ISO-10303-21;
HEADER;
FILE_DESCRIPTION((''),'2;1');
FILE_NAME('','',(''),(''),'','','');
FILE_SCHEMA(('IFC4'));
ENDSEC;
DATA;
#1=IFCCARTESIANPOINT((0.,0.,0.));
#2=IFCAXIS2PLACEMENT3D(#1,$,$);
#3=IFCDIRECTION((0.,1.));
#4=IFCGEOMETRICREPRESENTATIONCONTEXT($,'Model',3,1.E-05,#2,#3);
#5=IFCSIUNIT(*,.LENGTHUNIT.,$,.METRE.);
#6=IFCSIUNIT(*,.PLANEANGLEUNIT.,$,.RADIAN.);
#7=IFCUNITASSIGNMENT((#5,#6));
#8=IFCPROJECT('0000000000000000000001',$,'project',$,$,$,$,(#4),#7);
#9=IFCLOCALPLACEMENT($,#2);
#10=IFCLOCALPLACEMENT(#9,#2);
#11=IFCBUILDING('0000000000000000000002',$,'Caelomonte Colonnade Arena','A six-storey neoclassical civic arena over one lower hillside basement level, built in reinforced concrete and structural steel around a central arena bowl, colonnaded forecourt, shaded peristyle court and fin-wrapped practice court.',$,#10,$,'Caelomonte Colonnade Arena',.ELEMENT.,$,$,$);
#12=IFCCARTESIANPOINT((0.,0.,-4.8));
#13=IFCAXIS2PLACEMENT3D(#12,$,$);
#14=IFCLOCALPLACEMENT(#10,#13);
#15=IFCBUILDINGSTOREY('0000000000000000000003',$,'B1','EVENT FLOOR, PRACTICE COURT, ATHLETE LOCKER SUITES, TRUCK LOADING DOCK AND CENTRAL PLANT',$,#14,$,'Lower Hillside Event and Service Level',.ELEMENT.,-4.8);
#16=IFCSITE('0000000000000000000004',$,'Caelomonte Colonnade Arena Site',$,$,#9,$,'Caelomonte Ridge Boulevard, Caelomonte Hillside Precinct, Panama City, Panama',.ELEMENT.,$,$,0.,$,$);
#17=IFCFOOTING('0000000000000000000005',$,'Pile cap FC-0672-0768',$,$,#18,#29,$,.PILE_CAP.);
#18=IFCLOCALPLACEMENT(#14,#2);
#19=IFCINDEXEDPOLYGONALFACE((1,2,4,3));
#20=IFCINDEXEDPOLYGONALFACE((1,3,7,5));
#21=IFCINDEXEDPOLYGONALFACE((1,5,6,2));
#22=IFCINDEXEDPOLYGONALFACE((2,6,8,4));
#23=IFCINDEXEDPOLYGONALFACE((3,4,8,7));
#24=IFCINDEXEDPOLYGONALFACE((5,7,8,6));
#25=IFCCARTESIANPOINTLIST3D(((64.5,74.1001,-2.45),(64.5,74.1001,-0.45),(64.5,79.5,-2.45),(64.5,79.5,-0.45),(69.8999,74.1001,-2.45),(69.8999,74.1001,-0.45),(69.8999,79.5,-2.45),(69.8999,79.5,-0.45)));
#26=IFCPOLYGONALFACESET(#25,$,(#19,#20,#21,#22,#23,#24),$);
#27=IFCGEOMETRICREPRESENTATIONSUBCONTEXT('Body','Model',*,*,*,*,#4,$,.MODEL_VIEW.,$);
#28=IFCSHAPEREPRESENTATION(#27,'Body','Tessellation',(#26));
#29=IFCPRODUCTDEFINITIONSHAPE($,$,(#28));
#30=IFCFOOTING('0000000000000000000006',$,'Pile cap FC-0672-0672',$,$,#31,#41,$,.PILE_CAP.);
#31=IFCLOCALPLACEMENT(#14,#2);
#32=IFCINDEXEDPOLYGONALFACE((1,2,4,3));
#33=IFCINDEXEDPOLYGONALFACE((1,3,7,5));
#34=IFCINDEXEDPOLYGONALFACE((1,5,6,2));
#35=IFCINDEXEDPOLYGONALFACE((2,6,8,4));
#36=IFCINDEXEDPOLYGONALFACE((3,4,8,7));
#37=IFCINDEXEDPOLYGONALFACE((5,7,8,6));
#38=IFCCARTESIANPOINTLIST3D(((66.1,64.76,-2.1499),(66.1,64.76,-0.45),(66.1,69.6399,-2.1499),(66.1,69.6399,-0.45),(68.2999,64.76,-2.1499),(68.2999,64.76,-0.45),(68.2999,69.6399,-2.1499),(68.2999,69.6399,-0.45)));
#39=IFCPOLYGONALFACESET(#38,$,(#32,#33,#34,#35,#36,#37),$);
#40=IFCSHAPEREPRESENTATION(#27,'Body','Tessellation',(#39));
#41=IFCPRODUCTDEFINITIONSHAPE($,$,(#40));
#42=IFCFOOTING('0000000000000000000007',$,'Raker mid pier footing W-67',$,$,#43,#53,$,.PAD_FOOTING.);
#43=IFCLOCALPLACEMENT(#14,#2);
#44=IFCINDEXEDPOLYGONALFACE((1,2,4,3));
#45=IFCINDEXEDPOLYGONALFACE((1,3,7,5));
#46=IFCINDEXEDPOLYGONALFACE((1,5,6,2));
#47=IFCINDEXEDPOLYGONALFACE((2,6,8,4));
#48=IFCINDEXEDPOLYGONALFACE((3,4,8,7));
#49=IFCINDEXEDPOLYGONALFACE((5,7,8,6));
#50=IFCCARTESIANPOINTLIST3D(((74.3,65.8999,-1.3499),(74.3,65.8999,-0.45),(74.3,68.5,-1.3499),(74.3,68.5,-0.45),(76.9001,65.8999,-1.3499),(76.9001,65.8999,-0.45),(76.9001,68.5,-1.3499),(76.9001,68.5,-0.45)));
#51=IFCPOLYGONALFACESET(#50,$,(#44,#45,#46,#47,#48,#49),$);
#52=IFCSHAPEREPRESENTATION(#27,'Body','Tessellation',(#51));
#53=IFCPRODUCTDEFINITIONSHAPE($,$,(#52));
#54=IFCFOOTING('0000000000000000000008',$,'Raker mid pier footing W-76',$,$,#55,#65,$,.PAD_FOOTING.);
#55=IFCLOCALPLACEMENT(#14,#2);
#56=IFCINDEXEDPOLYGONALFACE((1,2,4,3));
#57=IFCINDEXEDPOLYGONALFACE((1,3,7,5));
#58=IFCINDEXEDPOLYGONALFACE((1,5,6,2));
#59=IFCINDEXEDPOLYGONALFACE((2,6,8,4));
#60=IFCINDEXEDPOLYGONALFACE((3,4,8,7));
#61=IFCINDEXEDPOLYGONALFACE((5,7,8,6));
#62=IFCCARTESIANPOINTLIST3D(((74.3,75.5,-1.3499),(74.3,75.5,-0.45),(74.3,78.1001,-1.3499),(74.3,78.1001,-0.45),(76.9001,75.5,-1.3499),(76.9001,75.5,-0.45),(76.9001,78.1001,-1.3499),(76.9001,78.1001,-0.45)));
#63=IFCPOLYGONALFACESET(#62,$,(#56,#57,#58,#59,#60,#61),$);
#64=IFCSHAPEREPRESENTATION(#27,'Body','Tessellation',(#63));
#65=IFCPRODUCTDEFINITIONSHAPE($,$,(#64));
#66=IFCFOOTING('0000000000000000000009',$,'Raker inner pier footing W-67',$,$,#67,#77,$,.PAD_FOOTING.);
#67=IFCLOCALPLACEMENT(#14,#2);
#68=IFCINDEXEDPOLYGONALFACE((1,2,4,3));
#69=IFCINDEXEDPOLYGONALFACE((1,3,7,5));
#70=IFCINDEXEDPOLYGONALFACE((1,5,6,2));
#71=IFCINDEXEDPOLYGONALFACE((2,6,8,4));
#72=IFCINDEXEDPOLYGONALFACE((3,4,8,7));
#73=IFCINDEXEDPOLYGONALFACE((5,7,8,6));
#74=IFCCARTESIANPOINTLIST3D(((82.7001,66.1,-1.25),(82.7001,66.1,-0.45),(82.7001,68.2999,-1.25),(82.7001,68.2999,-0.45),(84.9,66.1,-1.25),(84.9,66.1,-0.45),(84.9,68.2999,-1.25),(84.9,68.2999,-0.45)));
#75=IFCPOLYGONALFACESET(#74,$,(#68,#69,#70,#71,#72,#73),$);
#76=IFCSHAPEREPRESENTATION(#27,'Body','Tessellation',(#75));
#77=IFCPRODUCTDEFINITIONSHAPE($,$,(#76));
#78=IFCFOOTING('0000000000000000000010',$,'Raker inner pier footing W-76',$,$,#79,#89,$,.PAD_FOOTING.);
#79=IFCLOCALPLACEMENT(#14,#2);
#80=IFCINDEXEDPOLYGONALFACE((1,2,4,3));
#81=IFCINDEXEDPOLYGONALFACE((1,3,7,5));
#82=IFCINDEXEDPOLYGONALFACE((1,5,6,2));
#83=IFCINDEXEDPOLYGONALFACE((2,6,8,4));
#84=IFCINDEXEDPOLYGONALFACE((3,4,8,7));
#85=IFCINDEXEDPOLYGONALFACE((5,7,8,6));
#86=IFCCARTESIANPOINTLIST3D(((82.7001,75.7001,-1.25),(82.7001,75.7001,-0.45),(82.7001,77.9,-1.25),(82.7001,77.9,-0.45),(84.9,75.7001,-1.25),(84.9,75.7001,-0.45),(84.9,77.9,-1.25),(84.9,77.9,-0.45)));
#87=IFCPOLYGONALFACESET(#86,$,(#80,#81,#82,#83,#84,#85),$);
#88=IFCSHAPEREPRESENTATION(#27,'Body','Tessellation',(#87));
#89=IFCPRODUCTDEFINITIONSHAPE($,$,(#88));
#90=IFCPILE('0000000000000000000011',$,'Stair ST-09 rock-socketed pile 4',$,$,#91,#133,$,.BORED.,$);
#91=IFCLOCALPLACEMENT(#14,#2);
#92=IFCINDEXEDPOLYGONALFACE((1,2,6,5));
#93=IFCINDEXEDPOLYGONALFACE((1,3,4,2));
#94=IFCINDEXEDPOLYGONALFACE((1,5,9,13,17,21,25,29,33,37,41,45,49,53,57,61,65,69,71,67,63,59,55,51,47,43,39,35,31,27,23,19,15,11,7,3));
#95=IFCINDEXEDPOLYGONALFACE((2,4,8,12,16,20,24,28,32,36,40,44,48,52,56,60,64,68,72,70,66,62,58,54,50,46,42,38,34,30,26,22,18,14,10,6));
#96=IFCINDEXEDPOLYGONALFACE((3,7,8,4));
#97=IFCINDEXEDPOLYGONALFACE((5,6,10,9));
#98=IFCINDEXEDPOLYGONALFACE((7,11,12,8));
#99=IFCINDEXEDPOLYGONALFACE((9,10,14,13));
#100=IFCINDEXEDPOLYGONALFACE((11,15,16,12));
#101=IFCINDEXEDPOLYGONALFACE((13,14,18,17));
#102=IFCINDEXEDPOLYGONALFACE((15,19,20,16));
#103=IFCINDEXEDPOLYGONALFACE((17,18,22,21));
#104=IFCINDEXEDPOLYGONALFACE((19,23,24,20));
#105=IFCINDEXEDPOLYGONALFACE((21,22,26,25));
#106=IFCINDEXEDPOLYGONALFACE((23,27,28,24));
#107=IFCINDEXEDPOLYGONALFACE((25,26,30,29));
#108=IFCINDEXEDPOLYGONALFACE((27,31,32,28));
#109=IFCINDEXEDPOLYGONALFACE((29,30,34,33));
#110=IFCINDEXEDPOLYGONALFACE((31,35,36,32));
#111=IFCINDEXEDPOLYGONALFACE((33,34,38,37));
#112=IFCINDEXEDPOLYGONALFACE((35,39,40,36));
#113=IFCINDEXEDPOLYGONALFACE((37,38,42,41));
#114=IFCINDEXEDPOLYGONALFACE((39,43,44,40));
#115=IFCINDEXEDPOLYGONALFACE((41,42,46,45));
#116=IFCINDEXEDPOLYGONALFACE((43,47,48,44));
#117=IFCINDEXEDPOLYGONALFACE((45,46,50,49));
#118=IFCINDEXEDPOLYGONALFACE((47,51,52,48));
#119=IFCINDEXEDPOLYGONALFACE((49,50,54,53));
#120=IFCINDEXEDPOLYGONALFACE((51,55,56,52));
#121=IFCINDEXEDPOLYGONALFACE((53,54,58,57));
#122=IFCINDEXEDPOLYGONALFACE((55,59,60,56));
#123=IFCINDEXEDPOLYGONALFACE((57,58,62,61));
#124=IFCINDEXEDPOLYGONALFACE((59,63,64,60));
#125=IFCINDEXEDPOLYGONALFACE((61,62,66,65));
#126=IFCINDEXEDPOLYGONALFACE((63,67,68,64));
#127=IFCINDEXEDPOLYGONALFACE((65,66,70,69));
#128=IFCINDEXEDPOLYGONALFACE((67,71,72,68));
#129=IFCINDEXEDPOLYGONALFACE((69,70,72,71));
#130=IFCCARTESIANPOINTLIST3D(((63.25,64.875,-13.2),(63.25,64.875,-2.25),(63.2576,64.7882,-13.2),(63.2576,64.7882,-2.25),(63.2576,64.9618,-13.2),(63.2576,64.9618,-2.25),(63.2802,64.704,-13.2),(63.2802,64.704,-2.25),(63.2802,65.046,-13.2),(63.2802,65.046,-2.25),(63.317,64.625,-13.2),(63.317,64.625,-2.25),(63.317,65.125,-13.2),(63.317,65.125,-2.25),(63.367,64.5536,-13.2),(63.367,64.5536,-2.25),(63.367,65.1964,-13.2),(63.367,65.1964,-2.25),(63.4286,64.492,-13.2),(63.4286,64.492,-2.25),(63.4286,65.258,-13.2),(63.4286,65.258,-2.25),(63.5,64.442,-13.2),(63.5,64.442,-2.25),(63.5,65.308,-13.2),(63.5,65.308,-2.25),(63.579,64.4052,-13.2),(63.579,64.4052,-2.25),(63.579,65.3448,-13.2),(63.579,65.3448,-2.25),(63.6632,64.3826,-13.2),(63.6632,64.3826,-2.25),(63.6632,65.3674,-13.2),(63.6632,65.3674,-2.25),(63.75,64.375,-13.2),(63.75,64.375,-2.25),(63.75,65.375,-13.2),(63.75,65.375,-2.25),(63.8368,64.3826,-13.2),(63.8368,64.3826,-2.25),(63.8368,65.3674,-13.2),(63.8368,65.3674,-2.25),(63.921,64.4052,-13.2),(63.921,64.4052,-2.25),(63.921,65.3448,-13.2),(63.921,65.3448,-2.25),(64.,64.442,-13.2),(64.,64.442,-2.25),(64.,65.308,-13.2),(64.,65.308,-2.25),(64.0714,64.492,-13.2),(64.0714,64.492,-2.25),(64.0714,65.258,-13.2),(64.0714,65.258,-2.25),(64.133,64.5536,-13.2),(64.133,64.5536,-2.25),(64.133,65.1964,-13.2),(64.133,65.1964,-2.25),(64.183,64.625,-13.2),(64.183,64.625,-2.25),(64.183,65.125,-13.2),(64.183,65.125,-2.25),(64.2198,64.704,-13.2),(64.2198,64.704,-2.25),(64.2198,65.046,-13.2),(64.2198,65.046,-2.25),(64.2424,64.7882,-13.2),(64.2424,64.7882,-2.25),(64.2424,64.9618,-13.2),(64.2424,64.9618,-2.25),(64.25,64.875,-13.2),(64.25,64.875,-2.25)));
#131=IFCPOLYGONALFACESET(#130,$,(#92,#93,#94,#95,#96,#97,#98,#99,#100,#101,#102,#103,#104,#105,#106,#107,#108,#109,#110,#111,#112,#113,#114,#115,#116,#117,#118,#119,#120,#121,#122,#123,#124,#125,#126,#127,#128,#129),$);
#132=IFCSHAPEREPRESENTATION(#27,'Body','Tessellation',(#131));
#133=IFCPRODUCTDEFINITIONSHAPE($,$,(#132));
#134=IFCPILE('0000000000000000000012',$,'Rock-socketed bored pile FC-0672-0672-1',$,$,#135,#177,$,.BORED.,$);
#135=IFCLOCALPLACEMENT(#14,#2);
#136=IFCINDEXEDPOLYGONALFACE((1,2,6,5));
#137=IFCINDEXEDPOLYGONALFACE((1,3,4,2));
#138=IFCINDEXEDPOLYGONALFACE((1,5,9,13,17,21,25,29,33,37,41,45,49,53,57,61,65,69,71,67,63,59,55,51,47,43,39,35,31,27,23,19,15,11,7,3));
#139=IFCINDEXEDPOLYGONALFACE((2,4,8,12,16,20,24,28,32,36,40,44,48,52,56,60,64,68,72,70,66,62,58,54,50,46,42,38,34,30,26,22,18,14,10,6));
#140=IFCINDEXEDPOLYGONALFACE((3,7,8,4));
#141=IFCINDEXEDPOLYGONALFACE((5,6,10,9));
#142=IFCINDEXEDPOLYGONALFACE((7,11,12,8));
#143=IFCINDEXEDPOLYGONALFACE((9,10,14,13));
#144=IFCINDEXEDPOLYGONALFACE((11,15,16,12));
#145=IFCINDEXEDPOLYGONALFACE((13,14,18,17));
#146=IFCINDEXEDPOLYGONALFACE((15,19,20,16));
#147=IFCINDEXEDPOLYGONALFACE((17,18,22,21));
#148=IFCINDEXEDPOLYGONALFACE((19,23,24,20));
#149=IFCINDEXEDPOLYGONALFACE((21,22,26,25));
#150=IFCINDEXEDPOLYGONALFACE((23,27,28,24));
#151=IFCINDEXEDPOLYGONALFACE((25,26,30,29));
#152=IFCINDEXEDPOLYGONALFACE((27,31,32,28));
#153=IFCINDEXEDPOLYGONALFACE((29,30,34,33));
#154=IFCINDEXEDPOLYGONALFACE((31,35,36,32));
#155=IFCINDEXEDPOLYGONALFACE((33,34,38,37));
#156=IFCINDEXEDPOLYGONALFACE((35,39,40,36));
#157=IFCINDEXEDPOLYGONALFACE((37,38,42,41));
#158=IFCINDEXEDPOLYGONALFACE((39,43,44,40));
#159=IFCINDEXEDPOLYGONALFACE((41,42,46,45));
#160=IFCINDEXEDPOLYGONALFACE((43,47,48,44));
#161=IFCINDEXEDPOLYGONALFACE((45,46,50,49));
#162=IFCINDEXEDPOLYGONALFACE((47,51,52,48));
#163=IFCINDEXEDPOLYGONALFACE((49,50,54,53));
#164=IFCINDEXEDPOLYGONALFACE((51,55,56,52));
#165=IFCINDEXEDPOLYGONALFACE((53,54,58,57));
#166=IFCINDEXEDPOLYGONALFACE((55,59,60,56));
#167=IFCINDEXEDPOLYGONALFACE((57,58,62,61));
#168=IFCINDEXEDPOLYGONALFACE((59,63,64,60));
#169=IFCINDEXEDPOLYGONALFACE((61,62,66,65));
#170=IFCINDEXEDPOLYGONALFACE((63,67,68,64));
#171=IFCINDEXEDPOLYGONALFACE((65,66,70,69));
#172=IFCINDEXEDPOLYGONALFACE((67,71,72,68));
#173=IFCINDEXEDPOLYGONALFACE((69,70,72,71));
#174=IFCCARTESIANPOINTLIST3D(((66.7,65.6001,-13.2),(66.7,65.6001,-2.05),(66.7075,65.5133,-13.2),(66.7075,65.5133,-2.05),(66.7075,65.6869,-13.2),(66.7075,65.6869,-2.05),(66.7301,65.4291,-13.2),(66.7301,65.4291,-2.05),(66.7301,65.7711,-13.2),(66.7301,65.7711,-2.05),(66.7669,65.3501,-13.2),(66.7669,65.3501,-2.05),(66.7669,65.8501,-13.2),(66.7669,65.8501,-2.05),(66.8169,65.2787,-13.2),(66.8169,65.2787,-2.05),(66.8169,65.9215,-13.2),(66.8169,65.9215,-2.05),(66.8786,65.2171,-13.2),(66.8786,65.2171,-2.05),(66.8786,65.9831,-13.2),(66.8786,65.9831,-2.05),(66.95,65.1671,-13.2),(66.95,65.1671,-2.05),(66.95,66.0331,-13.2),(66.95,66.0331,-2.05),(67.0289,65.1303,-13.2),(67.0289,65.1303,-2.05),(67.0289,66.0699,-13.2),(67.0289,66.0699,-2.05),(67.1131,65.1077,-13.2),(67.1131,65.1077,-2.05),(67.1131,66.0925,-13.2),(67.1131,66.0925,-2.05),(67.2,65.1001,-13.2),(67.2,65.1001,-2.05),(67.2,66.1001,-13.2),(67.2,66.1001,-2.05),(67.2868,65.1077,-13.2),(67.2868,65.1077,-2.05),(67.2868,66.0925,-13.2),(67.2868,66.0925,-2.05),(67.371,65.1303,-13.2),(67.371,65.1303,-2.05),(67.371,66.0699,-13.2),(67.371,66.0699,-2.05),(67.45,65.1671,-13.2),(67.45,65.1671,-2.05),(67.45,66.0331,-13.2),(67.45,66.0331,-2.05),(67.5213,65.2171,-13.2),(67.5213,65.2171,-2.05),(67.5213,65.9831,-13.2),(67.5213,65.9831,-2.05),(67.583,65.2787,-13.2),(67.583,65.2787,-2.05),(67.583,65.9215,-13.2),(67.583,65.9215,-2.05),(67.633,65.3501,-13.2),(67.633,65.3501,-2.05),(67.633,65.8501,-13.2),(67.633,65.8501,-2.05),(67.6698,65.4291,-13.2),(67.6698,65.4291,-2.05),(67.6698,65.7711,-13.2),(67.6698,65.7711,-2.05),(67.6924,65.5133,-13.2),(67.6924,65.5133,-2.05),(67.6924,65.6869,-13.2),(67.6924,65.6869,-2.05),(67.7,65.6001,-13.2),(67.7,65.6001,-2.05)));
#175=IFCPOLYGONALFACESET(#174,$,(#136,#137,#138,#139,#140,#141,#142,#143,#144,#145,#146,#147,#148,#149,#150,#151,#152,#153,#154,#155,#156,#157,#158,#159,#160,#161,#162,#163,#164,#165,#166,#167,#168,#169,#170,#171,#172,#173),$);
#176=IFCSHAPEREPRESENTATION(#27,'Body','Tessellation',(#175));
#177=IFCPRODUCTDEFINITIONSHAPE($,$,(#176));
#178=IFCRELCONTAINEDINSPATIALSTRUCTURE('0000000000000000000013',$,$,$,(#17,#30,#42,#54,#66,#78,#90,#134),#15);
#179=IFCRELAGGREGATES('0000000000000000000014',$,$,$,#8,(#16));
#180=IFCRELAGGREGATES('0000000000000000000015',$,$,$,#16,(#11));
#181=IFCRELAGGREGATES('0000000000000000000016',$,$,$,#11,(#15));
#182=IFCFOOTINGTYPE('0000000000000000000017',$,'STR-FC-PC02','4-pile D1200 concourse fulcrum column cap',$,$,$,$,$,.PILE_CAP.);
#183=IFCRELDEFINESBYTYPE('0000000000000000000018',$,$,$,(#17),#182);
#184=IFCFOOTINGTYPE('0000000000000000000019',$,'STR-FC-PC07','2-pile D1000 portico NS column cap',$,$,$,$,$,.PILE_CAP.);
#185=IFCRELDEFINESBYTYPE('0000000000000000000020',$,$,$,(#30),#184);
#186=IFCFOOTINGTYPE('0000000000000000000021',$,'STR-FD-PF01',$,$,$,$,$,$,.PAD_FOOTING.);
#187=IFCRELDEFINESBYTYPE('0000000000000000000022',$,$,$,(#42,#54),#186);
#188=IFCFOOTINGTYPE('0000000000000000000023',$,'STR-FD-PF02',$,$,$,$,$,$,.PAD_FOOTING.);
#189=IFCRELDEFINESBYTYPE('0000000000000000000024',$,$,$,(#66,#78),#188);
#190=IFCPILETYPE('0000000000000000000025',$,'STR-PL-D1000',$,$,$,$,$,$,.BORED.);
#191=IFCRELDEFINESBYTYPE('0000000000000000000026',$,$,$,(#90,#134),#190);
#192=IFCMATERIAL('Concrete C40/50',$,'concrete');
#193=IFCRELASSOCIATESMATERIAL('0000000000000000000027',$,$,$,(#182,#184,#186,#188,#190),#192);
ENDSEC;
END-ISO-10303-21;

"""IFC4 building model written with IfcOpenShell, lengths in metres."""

from ifc_helpers import new_model, si_unit, direction, frame, origin, origin_2d, place, context, subcontext, project, spatial, rectangle, circle, extrude, material, material_profile, profile_set, type_object, element, save


model = new_model("IFC4")

# Units and contexts
model_context = context("Model", 3, precision=1e-05, world=origin(), true_north=direction((0.0, 1.0)))
body_context = subcontext(model_context, "Body", "Model", "MODEL_VIEW")
ifc_project = project(units=[si_unit("LENGTHUNIT", "METRE"), si_unit("PLANEANGLEUNIT", "RADIAN")], contexts=[model_context])

# Site, building, storey
site_placement = place(None, origin())
site = spatial("IfcSite", under=ifc_project, at=site_placement, Name="Caelomonte Colonnade Arena Site", LongName="Caelomonte Ridge Boulevard, Caelomonte Hillside Precinct, Panama City, Panama", CompositionType="ELEMENT", RefElevation=0.0)
building_placement = place(site_placement, origin())
building = spatial("IfcBuilding", under=site, at=building_placement, Name="Caelomonte Colonnade Arena", Description="A six-storey neoclassical civic arena over one lower hillside basement level, built in reinforced concrete and structural steel around a central arena bowl, colonnaded forecourt, shaded peristyle court and fin-wrapped practice court.", LongName="Caelomonte Colonnade Arena", CompositionType="ELEMENT")
storey_placement = place(building_placement, frame((0.0, 0.0, -4.8)))
storey = spatial("IfcBuildingStorey", under=building, at=storey_placement, Name="B1", Description="EVENT FLOOR, PRACTICE COURT, ATHLETE LOCKER SUITES, TRUCK LOADING DOCK AND CENTRAL PLANT", LongName="Lower Hillside Event and Service Level", CompositionType="ELEMENT", Elevation=-4.8)

# Footings
ifc_material_1 = material(Name="Concrete C40/50", Category="concrete")
footing_type_1 = type_object("IfcFootingType", Name="STR-FC-PC02", Description="4-pile D1200 concourse fulcrum column cap", PredefinedType="PILE_CAP", material=ifc_material_1)
footing_1_placement = place(storey_placement, frame((67.2, 76.8, -2.45), z_axis=(0.0, 0.0, 1.0), x_axis=(1.0, 0.0, 0.0)))
element("IfcFooting", 1, at=footing_1_placement, inside=storey, type_object=footing_type_1, Name="Pile cap FC-0672-0768", PredefinedType="PILE_CAP", context=body_context, shape_type="SweptSolid", body=[
    extrude(rectangle(XDim=5.3999, YDim=5.3999, at=origin_2d()), origin(), (0.0, 0.0, 1.0), 2.0),
])
footing_type_2 = type_object("IfcFootingType", Name="STR-FC-PC07", Description="2-pile D1000 portico NS column cap", PredefinedType="PILE_CAP", material=ifc_material_1)
footing_2_placement = place(storey_placement, frame((67.2, 67.2, -2.1499), z_axis=(0.0, 0.0, 1.0), x_axis=(1.0, 0.0, 0.0)))
element("IfcFooting", 2, at=footing_2_placement, inside=storey, type_object=footing_type_2, Name="Pile cap FC-0672-0672", PredefinedType="PILE_CAP", context=body_context, shape_type="SweptSolid", body=[
    extrude(rectangle(XDim=2.2, YDim=4.8799, at=origin_2d()), origin(), (0.0, 0.0, 1.0), 1.7),
])
footing_type_3 = type_object("IfcFootingType", Name="STR-FD-PF01", PredefinedType="PAD_FOOTING", material=ifc_material_1)
for number, where, z_axis, x_axis, name in (
    (3, (75.6001, 67.2, -1.3499), (0.0, 0.0, 1.0), (1.0, 0.0, 0.0), "Raker mid pier footing W-67"),
    (4, (75.6001, 76.8, -1.3499), (0.0, 0.0, 1.0), (1.0, 0.0, 0.0), "Raker mid pier footing W-76"),
):
    element("IfcFooting", number, at=place(storey_placement, frame(where, z_axis=z_axis, x_axis=x_axis)), inside=storey, type_object=footing_type_3, Name=name, PredefinedType="PAD_FOOTING", context=body_context, shape_type="SweptSolid", body=[
        extrude(rectangle(XDim=2.6001, YDim=2.6001, at=origin_2d()), origin(), (0.0, 0.0, 1.0), 0.8999),
    ])
footing_type_4 = type_object("IfcFootingType", Name="STR-FD-PF02", PredefinedType="PAD_FOOTING", material=ifc_material_1)
for number, where, z_axis, x_axis, name in (
    (5, (83.8, 67.2, -1.25), (0.0, 0.0, 1.0), (1.0, 0.0, 0.0), "Raker inner pier footing W-67"),
    (6, (83.8, 76.8, -1.25), (0.0, 0.0, 1.0), (1.0, 0.0, 0.0), "Raker inner pier footing W-76"),
):
    element("IfcFooting", number, at=place(storey_placement, frame(where, z_axis=z_axis, x_axis=x_axis)), inside=storey, type_object=footing_type_4, Name=name, PredefinedType="PAD_FOOTING", context=body_context, shape_type="SweptSolid", body=[
        extrude(rectangle(XDim=2.2, YDim=2.2, at=origin_2d()), origin(), (0.0, 0.0, 1.0), 0.8),
    ])

# Piles
ifc_material_profile_1 = material_profile(ifc_material_1, circle(Radius=0.5, at=origin_2d()), Name="PILE-D1000")
ifc_profile_set_1 = profile_set([ifc_material_profile_1], Name="Concrete C40/50")
pile_type_1 = type_object("IfcPileType", Name="STR-PL-D1000", PredefinedType="BORED", material=ifc_profile_set_1)
pile_1_placement = place(storey_placement, frame((63.75, 64.875, -2.25), z_axis=(0.0, 0.0, -1.0), x_axis=(1.0, 0.0, 0.0)))
element("IfcPile", 7, at=pile_1_placement, inside=storey, type_object=pile_type_1, Name="Stair ST-09 rock-socketed pile 4", PredefinedType="BORED", context=body_context, shape_type="SweptSolid", body=[
    extrude(circle(Radius=0.5, at=origin_2d()), origin(), (0.0, 0.0, 1.0), 10.95),
])
for number, where, z_axis, x_axis, name in (
    (8, (67.2, 65.6001, -2.05), (0.0, 0.0, -1.0), (1.0, 0.0, 0.0), "Rock-socketed bored pile FC-0672-0672-1"),
):
    element("IfcPile", number, at=place(storey_placement, frame(where, z_axis=z_axis, x_axis=x_axis)), inside=storey, type_object=pile_type_1, Name=name, PredefinedType="BORED", context=body_context, shape_type="SweptSolid", body=[
        extrude(circle(Radius=0.5, at=origin_2d()), origin(), (0.0, 0.0, 1.0), 11.1499),
    ])

save(model, "model.ifc")
